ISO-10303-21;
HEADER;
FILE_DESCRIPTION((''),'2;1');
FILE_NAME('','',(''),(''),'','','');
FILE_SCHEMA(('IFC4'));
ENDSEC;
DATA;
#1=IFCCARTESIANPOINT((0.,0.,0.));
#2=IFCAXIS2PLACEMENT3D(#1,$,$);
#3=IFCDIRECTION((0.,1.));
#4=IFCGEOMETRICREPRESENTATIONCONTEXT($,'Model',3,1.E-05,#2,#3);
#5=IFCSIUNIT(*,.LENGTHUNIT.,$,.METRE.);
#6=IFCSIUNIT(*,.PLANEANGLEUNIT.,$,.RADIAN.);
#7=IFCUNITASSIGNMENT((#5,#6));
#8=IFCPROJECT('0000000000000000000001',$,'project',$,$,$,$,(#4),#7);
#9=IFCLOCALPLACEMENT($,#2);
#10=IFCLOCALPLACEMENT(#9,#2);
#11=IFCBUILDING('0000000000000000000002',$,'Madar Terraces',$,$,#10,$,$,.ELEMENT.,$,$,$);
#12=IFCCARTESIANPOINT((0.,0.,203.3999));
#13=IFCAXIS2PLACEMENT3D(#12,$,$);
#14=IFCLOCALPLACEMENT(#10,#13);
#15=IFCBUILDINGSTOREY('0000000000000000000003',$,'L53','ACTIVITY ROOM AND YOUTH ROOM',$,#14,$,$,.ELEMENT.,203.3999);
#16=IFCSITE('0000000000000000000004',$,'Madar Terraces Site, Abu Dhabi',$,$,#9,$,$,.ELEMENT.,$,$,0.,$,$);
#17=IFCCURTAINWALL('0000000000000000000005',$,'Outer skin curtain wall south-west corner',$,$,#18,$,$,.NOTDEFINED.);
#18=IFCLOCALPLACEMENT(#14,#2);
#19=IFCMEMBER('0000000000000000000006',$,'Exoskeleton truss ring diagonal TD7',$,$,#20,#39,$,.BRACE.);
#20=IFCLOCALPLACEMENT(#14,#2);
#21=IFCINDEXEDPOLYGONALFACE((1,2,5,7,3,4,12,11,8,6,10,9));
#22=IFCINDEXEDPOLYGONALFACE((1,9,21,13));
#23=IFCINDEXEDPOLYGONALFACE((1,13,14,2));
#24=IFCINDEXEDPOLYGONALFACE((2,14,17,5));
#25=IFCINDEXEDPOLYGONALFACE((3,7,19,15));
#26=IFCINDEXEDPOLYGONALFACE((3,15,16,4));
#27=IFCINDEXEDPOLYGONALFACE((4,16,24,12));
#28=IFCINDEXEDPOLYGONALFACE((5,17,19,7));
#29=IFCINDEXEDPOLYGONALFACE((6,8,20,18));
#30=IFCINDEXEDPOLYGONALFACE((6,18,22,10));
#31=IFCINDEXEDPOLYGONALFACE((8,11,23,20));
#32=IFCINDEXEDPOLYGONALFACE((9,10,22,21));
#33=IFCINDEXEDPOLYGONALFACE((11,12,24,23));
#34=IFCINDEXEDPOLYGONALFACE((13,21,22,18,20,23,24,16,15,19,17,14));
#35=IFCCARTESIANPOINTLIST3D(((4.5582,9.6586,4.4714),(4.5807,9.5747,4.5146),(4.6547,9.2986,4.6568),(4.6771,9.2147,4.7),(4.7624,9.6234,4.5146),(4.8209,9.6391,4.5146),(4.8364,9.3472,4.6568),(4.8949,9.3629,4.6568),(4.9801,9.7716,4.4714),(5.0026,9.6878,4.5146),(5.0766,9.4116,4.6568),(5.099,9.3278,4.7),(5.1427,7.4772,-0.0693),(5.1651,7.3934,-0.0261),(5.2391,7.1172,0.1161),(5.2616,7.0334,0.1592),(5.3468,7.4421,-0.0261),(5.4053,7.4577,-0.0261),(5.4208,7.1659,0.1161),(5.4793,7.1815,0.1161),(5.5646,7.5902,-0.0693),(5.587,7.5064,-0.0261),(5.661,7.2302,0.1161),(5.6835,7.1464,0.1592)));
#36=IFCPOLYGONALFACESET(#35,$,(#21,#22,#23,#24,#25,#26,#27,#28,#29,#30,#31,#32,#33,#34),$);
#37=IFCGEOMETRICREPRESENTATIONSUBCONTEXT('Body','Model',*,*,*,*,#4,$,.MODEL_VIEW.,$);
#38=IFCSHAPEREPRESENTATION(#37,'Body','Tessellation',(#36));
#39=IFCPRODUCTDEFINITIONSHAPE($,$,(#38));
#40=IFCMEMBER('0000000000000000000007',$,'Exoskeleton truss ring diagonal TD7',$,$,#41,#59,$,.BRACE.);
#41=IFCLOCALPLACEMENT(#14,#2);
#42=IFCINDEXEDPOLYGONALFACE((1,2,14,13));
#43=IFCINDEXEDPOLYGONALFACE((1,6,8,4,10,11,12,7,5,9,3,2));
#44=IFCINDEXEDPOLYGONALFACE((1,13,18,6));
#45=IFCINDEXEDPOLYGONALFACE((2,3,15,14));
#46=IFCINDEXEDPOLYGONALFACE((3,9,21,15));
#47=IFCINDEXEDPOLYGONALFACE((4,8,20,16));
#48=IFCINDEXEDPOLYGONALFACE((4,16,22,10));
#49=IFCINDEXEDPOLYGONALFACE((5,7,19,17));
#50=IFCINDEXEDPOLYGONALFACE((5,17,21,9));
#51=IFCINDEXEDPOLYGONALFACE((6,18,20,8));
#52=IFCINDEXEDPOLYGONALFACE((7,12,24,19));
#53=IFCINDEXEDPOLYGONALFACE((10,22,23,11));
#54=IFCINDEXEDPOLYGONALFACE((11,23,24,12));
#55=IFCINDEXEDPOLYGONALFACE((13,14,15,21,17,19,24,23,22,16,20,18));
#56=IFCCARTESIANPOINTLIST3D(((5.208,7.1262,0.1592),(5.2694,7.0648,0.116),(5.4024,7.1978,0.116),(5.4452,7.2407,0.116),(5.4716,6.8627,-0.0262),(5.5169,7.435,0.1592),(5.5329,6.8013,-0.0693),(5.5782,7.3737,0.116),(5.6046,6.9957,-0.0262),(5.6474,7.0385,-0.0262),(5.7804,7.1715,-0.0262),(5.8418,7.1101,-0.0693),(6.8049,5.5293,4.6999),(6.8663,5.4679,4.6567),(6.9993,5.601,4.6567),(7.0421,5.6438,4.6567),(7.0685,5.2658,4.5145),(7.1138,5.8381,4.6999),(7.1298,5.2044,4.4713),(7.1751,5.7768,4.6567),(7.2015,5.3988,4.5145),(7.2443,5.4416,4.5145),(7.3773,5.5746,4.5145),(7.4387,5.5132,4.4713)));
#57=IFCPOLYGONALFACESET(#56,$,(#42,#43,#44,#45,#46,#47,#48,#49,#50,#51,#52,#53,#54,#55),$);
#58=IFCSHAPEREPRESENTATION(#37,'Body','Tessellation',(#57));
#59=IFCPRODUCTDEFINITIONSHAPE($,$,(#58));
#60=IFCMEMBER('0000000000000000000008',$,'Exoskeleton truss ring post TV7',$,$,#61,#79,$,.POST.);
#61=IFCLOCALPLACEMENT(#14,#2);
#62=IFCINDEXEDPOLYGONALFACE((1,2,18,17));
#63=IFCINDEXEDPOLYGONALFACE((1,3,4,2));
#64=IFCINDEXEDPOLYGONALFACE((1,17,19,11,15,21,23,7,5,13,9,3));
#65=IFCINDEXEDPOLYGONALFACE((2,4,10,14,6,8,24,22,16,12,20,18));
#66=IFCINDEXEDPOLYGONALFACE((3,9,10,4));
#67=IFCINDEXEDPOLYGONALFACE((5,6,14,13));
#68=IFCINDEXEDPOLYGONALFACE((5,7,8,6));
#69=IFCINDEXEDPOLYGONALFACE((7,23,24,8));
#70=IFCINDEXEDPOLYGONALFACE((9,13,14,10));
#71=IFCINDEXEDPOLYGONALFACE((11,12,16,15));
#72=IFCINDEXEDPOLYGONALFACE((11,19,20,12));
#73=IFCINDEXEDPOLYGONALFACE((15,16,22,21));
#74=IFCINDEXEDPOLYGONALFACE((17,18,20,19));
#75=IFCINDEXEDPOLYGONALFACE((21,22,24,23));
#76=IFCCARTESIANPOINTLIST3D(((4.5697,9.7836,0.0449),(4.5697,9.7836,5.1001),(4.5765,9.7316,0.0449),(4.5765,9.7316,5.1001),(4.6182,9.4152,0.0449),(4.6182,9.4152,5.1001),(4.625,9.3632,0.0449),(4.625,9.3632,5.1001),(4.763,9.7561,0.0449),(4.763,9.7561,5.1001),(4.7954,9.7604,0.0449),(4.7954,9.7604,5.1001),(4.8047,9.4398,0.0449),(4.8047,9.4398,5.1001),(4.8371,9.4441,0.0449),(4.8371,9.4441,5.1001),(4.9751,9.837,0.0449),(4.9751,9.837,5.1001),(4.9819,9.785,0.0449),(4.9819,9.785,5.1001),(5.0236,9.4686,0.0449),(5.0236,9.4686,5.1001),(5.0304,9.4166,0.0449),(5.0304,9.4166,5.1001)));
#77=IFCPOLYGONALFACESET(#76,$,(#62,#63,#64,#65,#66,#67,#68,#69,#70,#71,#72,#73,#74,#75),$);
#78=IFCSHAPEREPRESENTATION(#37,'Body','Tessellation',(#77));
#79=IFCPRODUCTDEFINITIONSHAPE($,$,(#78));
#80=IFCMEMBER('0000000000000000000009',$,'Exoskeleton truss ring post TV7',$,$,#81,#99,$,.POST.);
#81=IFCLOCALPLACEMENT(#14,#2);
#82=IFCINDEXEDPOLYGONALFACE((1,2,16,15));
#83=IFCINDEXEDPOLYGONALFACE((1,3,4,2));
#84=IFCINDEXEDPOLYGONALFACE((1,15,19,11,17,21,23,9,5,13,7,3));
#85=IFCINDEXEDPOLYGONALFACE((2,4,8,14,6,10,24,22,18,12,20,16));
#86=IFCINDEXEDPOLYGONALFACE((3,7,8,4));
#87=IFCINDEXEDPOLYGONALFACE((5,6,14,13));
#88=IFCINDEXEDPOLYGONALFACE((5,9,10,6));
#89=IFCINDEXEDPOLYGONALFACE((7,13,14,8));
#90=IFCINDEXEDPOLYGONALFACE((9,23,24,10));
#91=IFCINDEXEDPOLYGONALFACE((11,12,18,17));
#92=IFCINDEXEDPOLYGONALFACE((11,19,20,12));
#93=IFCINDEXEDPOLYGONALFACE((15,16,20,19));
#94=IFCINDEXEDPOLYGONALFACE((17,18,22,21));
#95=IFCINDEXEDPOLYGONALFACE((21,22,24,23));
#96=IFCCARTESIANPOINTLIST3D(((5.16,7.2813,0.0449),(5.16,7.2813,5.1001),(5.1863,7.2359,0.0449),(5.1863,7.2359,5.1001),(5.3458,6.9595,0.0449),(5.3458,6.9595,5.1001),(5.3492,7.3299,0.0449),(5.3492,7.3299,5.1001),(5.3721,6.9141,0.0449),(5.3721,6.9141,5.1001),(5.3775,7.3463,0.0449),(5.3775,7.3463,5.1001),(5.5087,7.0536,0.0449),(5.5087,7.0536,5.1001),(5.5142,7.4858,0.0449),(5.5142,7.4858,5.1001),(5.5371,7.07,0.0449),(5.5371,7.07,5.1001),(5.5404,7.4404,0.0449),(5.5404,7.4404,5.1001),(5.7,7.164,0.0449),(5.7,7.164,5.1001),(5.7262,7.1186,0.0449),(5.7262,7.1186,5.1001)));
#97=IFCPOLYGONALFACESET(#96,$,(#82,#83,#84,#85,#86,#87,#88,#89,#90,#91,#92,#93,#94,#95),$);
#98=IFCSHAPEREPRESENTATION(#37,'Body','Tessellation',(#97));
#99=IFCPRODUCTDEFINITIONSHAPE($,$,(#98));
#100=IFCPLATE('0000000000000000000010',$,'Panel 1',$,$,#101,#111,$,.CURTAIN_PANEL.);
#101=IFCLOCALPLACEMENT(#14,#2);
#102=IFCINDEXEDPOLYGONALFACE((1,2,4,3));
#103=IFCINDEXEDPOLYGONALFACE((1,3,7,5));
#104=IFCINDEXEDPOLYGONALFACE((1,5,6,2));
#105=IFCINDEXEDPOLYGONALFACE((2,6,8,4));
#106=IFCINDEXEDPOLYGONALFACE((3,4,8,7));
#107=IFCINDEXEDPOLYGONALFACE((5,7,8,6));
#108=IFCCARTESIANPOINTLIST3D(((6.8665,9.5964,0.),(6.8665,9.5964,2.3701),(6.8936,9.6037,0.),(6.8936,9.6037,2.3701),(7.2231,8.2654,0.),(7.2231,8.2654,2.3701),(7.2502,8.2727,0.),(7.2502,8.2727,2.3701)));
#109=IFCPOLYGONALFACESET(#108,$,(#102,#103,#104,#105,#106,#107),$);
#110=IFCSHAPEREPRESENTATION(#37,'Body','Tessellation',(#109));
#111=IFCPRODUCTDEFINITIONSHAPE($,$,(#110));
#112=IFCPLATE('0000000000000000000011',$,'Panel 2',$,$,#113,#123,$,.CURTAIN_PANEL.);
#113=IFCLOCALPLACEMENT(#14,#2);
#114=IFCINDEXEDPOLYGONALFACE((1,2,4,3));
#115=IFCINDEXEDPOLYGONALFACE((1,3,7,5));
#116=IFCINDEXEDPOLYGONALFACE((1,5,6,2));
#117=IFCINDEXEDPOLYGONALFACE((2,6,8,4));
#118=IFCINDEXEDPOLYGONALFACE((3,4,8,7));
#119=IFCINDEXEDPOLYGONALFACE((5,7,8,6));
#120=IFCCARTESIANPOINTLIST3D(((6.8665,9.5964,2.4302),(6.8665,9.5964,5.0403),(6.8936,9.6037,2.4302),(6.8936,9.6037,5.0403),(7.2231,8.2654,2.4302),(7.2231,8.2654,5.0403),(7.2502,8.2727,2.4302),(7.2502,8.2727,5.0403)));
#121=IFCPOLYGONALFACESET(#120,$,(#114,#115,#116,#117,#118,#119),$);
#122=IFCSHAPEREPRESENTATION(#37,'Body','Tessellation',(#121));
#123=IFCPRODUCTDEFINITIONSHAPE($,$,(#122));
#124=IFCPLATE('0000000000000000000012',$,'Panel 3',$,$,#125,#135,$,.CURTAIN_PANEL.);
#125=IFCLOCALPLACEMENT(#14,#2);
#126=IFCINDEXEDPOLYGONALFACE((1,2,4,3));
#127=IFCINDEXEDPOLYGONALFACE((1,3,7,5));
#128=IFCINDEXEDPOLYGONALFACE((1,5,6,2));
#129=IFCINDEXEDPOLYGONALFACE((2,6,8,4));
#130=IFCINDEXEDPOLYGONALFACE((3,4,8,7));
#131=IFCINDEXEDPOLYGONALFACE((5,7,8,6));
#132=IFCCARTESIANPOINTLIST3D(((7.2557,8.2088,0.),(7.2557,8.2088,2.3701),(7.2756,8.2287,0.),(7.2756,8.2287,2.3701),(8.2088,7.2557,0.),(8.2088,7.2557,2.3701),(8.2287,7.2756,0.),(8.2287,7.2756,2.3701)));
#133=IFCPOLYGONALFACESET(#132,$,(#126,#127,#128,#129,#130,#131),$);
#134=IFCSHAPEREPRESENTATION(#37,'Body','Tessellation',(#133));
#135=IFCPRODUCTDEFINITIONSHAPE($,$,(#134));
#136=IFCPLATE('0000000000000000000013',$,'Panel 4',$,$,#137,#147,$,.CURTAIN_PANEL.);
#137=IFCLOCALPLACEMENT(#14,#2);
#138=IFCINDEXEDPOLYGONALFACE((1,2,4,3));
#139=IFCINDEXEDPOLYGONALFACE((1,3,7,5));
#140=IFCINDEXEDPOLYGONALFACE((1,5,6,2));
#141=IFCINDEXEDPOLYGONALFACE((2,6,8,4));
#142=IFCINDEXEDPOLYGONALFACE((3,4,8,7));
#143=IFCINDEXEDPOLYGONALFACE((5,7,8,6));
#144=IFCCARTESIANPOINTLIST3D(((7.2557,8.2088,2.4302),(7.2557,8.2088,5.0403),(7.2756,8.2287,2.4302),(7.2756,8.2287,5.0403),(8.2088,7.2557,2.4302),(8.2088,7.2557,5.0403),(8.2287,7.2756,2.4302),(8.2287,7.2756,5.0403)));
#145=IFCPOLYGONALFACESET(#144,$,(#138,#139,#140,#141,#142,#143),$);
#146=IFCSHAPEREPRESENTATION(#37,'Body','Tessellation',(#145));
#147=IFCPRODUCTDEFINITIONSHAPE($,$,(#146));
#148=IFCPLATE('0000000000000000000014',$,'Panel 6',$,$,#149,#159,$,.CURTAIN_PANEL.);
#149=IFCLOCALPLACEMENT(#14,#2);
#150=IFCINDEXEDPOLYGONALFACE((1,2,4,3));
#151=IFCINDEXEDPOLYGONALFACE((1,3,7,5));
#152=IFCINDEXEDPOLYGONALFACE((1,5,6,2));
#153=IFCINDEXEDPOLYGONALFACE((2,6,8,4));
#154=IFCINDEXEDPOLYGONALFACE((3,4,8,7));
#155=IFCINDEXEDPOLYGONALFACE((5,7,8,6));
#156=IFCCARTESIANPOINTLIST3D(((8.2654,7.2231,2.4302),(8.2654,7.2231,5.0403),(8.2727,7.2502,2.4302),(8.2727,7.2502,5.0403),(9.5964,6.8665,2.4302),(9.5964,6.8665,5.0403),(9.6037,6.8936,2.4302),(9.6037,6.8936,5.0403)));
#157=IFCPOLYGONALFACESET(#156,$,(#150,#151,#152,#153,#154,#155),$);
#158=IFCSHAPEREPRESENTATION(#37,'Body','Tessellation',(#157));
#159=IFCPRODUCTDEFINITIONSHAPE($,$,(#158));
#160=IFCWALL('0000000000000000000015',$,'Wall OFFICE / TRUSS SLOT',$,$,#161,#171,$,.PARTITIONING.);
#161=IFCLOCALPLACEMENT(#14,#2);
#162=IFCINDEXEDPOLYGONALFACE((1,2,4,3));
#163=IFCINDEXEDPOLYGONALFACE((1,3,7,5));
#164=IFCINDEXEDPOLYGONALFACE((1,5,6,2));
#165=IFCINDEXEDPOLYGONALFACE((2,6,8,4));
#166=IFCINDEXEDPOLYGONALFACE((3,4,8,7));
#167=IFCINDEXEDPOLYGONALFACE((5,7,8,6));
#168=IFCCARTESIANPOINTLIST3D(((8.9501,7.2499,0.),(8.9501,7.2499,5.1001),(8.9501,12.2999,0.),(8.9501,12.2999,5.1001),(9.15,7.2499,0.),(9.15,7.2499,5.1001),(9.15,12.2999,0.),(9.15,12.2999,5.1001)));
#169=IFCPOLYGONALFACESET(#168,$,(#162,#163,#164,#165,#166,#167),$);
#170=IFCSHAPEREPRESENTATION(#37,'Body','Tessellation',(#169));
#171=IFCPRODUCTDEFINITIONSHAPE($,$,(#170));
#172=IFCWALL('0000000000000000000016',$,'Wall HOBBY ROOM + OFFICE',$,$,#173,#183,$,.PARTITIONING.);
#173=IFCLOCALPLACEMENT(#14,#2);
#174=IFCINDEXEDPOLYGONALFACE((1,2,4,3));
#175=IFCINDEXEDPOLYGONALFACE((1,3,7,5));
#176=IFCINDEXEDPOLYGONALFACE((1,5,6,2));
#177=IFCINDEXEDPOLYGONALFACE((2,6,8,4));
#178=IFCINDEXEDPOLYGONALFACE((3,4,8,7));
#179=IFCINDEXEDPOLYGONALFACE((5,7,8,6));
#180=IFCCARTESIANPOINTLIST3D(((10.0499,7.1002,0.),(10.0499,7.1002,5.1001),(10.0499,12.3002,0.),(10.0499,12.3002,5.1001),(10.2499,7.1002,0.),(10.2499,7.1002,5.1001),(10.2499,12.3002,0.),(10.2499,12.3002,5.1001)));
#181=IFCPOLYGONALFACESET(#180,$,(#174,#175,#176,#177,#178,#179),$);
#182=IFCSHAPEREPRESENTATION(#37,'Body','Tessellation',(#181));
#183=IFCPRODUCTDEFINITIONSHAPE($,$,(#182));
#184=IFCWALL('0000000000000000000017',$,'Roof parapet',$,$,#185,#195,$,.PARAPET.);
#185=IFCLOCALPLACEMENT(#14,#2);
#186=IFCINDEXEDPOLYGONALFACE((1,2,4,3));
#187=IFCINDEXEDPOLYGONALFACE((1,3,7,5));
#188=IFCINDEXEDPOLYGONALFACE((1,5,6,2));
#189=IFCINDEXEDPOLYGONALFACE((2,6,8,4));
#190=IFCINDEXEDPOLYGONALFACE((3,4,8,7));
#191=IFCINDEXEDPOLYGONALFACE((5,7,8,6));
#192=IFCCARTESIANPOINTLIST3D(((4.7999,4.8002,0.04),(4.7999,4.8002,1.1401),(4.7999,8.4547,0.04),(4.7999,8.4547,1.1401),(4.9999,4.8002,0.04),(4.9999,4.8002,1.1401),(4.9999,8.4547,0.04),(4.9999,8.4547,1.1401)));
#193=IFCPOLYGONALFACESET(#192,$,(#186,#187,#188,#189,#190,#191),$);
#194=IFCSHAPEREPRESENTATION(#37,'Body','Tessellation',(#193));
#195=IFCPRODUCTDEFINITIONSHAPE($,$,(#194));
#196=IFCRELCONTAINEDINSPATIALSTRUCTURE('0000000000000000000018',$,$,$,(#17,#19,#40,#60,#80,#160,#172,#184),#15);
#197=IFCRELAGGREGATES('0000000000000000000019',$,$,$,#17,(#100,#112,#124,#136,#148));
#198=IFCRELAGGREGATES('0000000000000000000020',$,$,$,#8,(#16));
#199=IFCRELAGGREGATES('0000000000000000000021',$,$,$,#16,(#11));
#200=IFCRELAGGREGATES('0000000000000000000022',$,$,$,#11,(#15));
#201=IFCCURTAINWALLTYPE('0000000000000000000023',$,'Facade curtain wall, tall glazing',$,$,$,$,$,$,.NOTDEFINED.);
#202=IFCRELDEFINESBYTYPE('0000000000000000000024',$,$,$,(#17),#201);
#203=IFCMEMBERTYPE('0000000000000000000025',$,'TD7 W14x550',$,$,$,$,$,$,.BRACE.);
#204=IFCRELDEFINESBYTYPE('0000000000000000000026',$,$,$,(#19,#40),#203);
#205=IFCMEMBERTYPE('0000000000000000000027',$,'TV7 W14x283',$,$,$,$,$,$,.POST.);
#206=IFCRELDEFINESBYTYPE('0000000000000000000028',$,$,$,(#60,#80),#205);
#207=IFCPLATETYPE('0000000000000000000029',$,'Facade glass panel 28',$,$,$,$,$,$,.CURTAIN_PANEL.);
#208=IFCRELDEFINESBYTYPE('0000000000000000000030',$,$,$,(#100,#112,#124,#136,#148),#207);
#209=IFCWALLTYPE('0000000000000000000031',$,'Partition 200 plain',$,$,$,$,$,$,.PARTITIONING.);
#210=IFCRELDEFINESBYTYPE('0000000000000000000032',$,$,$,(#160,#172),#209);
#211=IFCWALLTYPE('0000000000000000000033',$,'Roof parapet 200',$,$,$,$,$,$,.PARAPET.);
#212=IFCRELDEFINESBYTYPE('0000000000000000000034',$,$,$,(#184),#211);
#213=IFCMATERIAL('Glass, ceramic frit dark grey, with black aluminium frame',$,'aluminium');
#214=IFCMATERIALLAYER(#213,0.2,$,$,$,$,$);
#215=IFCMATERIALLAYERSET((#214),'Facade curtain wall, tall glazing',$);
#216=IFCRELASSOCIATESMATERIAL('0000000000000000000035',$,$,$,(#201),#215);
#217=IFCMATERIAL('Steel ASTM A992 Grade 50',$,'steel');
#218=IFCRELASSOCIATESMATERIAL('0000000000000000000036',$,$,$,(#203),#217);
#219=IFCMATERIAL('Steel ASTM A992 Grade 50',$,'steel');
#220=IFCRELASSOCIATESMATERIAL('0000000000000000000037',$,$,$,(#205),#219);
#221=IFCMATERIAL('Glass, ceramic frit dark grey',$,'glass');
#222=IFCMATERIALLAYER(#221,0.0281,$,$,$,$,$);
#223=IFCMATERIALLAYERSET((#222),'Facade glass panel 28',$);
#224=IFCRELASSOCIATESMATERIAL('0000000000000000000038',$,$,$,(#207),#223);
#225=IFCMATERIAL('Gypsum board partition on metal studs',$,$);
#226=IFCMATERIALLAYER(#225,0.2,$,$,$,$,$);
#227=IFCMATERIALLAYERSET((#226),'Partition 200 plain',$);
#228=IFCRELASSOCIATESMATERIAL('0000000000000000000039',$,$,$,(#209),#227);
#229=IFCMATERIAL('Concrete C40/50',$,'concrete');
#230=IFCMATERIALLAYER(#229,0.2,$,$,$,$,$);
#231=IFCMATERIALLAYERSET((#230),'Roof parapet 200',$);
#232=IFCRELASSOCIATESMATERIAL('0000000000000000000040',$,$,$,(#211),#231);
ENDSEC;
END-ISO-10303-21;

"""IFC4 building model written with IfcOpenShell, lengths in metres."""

from ifc_helpers import new_model, si_unit, direction, frame, frame_2d, origin, origin_2d, place, context, subcontext, project, spatial, rectangle, i_section, extrude, material, layer, layer_set, material_profile, profile_set, type_object, element, aggregate, save


model = new_model("IFC4")

# Units and contexts
model_context = context("Model", 3, precision=1e-05, world=origin(), true_north=direction((0.0, 1.0)))
body_context = subcontext(model_context, "Body", "Model", "MODEL_VIEW")
ifc_project = project(units=[si_unit("LENGTHUNIT", "METRE"), si_unit("PLANEANGLEUNIT", "RADIAN")], contexts=[model_context])

# Site, building, storey
site_placement = place(None, origin())
site = spatial("IfcSite", under=ifc_project, at=site_placement, Name="Madar Terraces Site, Abu Dhabi", CompositionType="ELEMENT", RefElevation=0.0)
building_placement = place(site_placement, origin())
building = spatial("IfcBuilding", under=site, at=building_placement, Name="Madar Terraces", CompositionType="ELEMENT")
storey_placement = place(building_placement, frame((0.0, 0.0, 203.3999)))
storey = spatial("IfcBuildingStorey", under=building, at=storey_placement, Name="L53", Description="ACTIVITY ROOM AND YOUTH ROOM", CompositionType="ELEMENT", Elevation=203.3999)

# Curtain wall
ifc_material_1 = material(Name="Glass, ceramic frit dark grey, with black aluminium frame", Category="aluminium")
ifc_layer_1 = layer(ifc_material_1, 0.2)
ifc_layer_set_1 = layer_set([ifc_layer_1], Name="Facade curtain wall, tall glazing")
curtain_wall_type = type_object("IfcCurtainWallType", Name="Facade curtain wall, tall glazing", PredefinedType="NOTDEFINED", material=ifc_layer_set_1)
curtain_wall_placement = place(storey_placement, origin())
curtain_wall = element("IfcCurtainWall", 1, at=curtain_wall_placement, inside=storey, type_object=curtain_wall_type, Name="Outer skin curtain wall south-west corner", PredefinedType="NOTDEFINED")

# Members
ifc_material_2 = material(Name="Steel ASTM A992 Grade 50", Category="steel")
ifc_material_profile_1 = material_profile(ifc_material_2, i_section(OverallWidth=0.4368, OverallDepth=0.5132, WebThickness=0.0605, FlangeThickness=0.0969, at=origin_2d()), Name="W14x550")
ifc_profile_set_1 = profile_set([ifc_material_profile_1], Name="Steel ASTM A992 Grade 50")
member_type_1 = type_object("IfcMemberType", Name="TD7 W14x550", PredefinedType="BRACE", material=ifc_profile_set_1)
for number, where, z_axis, x_axis, name in (
    (2, (4.8286, 9.4932, 4.5857), (0.11525, -0.43014, -0.895375), (0.965929, 0.258806, 0.0), "Exoskeleton truss ring diagonal TD7"),
    (3, (5.5249, 7.1182, 0.0449), (0.314889, -0.314889, 0.895371), (0.707107, 0.707107, 0.0), "Exoskeleton truss ring diagonal TD7"),
):
    element("IfcMember", number, at=place(storey_placement, frame(where, z_axis=z_axis, x_axis=x_axis)), inside=storey, type_object=member_type_1, Name=name, PredefinedType="BRACE", context=body_context, shape_type="SweptSolid", body=[
        extrude(i_section(OverallWidth=0.4368, OverallDepth=0.5132, WebThickness=0.0605, FlangeThickness=0.0969, at=origin_2d()), origin(), (0.0, 0.0, 1.0), 5.0713),
    ])
ifc_material_3 = material(Name="Steel ASTM A992 Grade 50", Category="steel")
ifc_material_profile_2 = material_profile(ifc_material_3, i_section(OverallWidth=0.4089, OverallDepth=0.4241, WebThickness=0.0327, FlangeThickness=0.0525, at=origin_2d()), Name="W14x283")
ifc_profile_set_2 = profile_set([ifc_material_profile_2], Name="Steel ASTM A992 Grade 50")
member_type_2 = type_object("IfcMemberType", Name="TV7 W14x283", PredefinedType="POST", material=ifc_profile_set_2)
for number, where, z_axis, x_axis, name in (
    (4, (4.8, 9.6001, 0.0449), (0.0, 0.0, 1.0), (0.991445, 0.130526, 0.0), "Exoskeleton truss ring post TV7"),
    (5, (5.4431, 7.2, 0.0449), (0.0, 0.0, 1.0), (0.866025, 0.5, 0.0), "Exoskeleton truss ring post TV7"),
):
    element("IfcMember", number, at=place(storey_placement, frame(where, z_axis=z_axis, x_axis=x_axis)), inside=storey, type_object=member_type_2, Name=name, PredefinedType="POST", context=body_context, shape_type="SweptSolid", body=[
        extrude(i_section(OverallWidth=0.4089, OverallDepth=0.4241, WebThickness=0.0327, FlangeThickness=0.0525, at=origin_2d()), origin(), (0.0, 0.0, 1.0), 5.0552),
    ])

# Plates
ifc_material_4 = material(Name="Glass, ceramic frit dark grey", Category="glass")
ifc_layer_2 = layer(ifc_material_4, 0.0281)
ifc_layer_set_2 = layer_set([ifc_layer_2], Name="Facade glass panel 28")
plate_type = type_object("IfcPlateType", Name="Facade glass panel 28", PredefinedType="CURTAIN_PANEL", material=ifc_layer_set_2)
plate_1_placement = place(storey_placement, frame((7.0583, 8.9346, 0.0), z_axis=(0.0, 0.0, 1.0), x_axis=(0.258819, -0.965926, 0.0)))
plate_1 = element("IfcPlate", 6, at=plate_1_placement, type_object=plate_type, Name="Panel 1", PredefinedType="CURTAIN_PANEL", context=body_context, shape_type="SweptSolid", body=[
    extrude(rectangle(XDim=1.3779, YDim=0.0281, at=origin_2d()), origin(), (0.0, 0.0, 1.0), 2.3701),
])
plate_2_placement = place(storey_placement, frame((7.0583, 8.9346, 2.4302), z_axis=(0.0, 0.0, 1.0), x_axis=(0.258819, -0.965926, 0.0)))
plate_2 = element("IfcPlate", 7, at=plate_2_placement, type_object=plate_type, Name="Panel 2", PredefinedType="CURTAIN_PANEL", context=body_context, shape_type="SweptSolid", body=[
    extrude(rectangle(XDim=1.3779, YDim=0.0281, at=origin_2d()), origin(), (0.0, 0.0, 1.0), 2.6101),
])
plate_3_placement = place(storey_placement, frame((7.7422, 7.7422, 0.0), z_axis=(0.0, 0.0, 1.0), x_axis=(0.707107, -0.707107, 0.0)))
plate_3 = element("IfcPlate", 8, at=plate_3_placement, type_object=plate_type, Name="Panel 3", PredefinedType="CURTAIN_PANEL", context=body_context, shape_type="SweptSolid", body=[
    extrude(rectangle(XDim=1.3479, YDim=0.0281, at=origin_2d()), origin(), (0.0, 0.0, 1.0), 2.3701),
])
plate_4_placement = place(storey_placement, frame((7.7422, 7.7422, 2.4302), z_axis=(0.0, 0.0, 1.0), x_axis=(0.707107, -0.707107, 0.0)))
plate_4 = element("IfcPlate", 9, at=plate_4_placement, type_object=plate_type, Name="Panel 4", PredefinedType="CURTAIN_PANEL", context=body_context, shape_type="SweptSolid", body=[
    extrude(rectangle(XDim=1.3479, YDim=0.0281, at=origin_2d()), origin(), (0.0, 0.0, 1.0), 2.6101),
])
plate_5_placement = place(storey_placement, frame((8.9346, 7.0583, 2.4302), z_axis=(0.0, 0.0, 1.0), x_axis=(0.965926, -0.258819, 0.0)))
plate_5 = element("IfcPlate", 10, at=plate_5_placement, type_object=plate_type, Name="Panel 6", PredefinedType="CURTAIN_PANEL", context=body_context, shape_type="SweptSolid", body=[
    extrude(rectangle(XDim=1.3779, YDim=0.0281, at=origin_2d()), origin(), (0.0, 0.0, 1.0), 2.6101),
])
aggregate(curtain_wall, [plate_1, plate_2, plate_3, plate_4, plate_5])

# Walls
ifc_material_5 = material(Name="Gypsum board partition on metal studs")
ifc_layer_3 = layer(ifc_material_5, 0.2)
ifc_layer_set_3 = layer_set([ifc_layer_3], Name="Partition 200 plain")
wall_type_1 = type_object("IfcWallType", Name="Partition 200 plain", PredefinedType="PARTITIONING", material=ifc_layer_set_3)
wall_1_placement = place(storey_placement, frame((9.05, 7.25, 0.0), z_axis=(0.0, 0.0, 1.0), x_axis=(0.0, 1.0, 0.0)))
element("IfcWall", 11, at=wall_1_placement, inside=storey, type_object=wall_type_1, Name="Wall OFFICE / TRUSS SLOT", PredefinedType="PARTITIONING", context=body_context, shape_type="SweptSolid", body=[
    extrude(rectangle(XDim=5.05, YDim=0.2, at=frame_2d((2.5249, 0.0))), origin(), (0.0, 0.0, 1.0), 5.1001),
])
wall_2_placement = place(storey_placement, frame((10.1499, 7.1001, 0.0), z_axis=(0.0, 0.0, 1.0), x_axis=(0.0, 1.0, 0.0)))
element("IfcWall", 12, at=wall_2_placement, inside=storey, type_object=wall_type_1, Name="Wall HOBBY ROOM + OFFICE", PredefinedType="PARTITIONING", context=body_context, shape_type="SweptSolid", body=[
    extrude(rectangle(XDim=5.2, YDim=0.2, at=frame_2d((2.6001, 0.0))), origin(), (0.0, 0.0, 1.0), 5.1001),
])
ifc_material_6 = material(Name="Concrete C40/50", Category="concrete")
ifc_layer_4 = layer(ifc_material_6, 0.2)
ifc_layer_set_4 = layer_set([ifc_layer_4], Name="Roof parapet 200")
wall_type_2 = type_object("IfcWallType", Name="Roof parapet 200", PredefinedType="PARAPET", material=ifc_layer_set_4)
wall_3_placement = place(storey_placement, frame((4.8999, 8.4546, 0.04), z_axis=(0.0, 0.0, 1.0), x_axis=(0.0, -1.0, 0.0)))
element("IfcWall", 13, at=wall_3_placement, inside=storey, type_object=wall_type_2, Name="Roof parapet", PredefinedType="PARAPET", context=body_context, shape_type="SweptSolid", body=[
    extrude(rectangle(XDim=3.6545, YDim=0.2, at=frame_2d((1.8271, 0.0))), origin(), (0.0, 0.0, 1.0), 1.1001),
])

save(model, "model.ifc")
